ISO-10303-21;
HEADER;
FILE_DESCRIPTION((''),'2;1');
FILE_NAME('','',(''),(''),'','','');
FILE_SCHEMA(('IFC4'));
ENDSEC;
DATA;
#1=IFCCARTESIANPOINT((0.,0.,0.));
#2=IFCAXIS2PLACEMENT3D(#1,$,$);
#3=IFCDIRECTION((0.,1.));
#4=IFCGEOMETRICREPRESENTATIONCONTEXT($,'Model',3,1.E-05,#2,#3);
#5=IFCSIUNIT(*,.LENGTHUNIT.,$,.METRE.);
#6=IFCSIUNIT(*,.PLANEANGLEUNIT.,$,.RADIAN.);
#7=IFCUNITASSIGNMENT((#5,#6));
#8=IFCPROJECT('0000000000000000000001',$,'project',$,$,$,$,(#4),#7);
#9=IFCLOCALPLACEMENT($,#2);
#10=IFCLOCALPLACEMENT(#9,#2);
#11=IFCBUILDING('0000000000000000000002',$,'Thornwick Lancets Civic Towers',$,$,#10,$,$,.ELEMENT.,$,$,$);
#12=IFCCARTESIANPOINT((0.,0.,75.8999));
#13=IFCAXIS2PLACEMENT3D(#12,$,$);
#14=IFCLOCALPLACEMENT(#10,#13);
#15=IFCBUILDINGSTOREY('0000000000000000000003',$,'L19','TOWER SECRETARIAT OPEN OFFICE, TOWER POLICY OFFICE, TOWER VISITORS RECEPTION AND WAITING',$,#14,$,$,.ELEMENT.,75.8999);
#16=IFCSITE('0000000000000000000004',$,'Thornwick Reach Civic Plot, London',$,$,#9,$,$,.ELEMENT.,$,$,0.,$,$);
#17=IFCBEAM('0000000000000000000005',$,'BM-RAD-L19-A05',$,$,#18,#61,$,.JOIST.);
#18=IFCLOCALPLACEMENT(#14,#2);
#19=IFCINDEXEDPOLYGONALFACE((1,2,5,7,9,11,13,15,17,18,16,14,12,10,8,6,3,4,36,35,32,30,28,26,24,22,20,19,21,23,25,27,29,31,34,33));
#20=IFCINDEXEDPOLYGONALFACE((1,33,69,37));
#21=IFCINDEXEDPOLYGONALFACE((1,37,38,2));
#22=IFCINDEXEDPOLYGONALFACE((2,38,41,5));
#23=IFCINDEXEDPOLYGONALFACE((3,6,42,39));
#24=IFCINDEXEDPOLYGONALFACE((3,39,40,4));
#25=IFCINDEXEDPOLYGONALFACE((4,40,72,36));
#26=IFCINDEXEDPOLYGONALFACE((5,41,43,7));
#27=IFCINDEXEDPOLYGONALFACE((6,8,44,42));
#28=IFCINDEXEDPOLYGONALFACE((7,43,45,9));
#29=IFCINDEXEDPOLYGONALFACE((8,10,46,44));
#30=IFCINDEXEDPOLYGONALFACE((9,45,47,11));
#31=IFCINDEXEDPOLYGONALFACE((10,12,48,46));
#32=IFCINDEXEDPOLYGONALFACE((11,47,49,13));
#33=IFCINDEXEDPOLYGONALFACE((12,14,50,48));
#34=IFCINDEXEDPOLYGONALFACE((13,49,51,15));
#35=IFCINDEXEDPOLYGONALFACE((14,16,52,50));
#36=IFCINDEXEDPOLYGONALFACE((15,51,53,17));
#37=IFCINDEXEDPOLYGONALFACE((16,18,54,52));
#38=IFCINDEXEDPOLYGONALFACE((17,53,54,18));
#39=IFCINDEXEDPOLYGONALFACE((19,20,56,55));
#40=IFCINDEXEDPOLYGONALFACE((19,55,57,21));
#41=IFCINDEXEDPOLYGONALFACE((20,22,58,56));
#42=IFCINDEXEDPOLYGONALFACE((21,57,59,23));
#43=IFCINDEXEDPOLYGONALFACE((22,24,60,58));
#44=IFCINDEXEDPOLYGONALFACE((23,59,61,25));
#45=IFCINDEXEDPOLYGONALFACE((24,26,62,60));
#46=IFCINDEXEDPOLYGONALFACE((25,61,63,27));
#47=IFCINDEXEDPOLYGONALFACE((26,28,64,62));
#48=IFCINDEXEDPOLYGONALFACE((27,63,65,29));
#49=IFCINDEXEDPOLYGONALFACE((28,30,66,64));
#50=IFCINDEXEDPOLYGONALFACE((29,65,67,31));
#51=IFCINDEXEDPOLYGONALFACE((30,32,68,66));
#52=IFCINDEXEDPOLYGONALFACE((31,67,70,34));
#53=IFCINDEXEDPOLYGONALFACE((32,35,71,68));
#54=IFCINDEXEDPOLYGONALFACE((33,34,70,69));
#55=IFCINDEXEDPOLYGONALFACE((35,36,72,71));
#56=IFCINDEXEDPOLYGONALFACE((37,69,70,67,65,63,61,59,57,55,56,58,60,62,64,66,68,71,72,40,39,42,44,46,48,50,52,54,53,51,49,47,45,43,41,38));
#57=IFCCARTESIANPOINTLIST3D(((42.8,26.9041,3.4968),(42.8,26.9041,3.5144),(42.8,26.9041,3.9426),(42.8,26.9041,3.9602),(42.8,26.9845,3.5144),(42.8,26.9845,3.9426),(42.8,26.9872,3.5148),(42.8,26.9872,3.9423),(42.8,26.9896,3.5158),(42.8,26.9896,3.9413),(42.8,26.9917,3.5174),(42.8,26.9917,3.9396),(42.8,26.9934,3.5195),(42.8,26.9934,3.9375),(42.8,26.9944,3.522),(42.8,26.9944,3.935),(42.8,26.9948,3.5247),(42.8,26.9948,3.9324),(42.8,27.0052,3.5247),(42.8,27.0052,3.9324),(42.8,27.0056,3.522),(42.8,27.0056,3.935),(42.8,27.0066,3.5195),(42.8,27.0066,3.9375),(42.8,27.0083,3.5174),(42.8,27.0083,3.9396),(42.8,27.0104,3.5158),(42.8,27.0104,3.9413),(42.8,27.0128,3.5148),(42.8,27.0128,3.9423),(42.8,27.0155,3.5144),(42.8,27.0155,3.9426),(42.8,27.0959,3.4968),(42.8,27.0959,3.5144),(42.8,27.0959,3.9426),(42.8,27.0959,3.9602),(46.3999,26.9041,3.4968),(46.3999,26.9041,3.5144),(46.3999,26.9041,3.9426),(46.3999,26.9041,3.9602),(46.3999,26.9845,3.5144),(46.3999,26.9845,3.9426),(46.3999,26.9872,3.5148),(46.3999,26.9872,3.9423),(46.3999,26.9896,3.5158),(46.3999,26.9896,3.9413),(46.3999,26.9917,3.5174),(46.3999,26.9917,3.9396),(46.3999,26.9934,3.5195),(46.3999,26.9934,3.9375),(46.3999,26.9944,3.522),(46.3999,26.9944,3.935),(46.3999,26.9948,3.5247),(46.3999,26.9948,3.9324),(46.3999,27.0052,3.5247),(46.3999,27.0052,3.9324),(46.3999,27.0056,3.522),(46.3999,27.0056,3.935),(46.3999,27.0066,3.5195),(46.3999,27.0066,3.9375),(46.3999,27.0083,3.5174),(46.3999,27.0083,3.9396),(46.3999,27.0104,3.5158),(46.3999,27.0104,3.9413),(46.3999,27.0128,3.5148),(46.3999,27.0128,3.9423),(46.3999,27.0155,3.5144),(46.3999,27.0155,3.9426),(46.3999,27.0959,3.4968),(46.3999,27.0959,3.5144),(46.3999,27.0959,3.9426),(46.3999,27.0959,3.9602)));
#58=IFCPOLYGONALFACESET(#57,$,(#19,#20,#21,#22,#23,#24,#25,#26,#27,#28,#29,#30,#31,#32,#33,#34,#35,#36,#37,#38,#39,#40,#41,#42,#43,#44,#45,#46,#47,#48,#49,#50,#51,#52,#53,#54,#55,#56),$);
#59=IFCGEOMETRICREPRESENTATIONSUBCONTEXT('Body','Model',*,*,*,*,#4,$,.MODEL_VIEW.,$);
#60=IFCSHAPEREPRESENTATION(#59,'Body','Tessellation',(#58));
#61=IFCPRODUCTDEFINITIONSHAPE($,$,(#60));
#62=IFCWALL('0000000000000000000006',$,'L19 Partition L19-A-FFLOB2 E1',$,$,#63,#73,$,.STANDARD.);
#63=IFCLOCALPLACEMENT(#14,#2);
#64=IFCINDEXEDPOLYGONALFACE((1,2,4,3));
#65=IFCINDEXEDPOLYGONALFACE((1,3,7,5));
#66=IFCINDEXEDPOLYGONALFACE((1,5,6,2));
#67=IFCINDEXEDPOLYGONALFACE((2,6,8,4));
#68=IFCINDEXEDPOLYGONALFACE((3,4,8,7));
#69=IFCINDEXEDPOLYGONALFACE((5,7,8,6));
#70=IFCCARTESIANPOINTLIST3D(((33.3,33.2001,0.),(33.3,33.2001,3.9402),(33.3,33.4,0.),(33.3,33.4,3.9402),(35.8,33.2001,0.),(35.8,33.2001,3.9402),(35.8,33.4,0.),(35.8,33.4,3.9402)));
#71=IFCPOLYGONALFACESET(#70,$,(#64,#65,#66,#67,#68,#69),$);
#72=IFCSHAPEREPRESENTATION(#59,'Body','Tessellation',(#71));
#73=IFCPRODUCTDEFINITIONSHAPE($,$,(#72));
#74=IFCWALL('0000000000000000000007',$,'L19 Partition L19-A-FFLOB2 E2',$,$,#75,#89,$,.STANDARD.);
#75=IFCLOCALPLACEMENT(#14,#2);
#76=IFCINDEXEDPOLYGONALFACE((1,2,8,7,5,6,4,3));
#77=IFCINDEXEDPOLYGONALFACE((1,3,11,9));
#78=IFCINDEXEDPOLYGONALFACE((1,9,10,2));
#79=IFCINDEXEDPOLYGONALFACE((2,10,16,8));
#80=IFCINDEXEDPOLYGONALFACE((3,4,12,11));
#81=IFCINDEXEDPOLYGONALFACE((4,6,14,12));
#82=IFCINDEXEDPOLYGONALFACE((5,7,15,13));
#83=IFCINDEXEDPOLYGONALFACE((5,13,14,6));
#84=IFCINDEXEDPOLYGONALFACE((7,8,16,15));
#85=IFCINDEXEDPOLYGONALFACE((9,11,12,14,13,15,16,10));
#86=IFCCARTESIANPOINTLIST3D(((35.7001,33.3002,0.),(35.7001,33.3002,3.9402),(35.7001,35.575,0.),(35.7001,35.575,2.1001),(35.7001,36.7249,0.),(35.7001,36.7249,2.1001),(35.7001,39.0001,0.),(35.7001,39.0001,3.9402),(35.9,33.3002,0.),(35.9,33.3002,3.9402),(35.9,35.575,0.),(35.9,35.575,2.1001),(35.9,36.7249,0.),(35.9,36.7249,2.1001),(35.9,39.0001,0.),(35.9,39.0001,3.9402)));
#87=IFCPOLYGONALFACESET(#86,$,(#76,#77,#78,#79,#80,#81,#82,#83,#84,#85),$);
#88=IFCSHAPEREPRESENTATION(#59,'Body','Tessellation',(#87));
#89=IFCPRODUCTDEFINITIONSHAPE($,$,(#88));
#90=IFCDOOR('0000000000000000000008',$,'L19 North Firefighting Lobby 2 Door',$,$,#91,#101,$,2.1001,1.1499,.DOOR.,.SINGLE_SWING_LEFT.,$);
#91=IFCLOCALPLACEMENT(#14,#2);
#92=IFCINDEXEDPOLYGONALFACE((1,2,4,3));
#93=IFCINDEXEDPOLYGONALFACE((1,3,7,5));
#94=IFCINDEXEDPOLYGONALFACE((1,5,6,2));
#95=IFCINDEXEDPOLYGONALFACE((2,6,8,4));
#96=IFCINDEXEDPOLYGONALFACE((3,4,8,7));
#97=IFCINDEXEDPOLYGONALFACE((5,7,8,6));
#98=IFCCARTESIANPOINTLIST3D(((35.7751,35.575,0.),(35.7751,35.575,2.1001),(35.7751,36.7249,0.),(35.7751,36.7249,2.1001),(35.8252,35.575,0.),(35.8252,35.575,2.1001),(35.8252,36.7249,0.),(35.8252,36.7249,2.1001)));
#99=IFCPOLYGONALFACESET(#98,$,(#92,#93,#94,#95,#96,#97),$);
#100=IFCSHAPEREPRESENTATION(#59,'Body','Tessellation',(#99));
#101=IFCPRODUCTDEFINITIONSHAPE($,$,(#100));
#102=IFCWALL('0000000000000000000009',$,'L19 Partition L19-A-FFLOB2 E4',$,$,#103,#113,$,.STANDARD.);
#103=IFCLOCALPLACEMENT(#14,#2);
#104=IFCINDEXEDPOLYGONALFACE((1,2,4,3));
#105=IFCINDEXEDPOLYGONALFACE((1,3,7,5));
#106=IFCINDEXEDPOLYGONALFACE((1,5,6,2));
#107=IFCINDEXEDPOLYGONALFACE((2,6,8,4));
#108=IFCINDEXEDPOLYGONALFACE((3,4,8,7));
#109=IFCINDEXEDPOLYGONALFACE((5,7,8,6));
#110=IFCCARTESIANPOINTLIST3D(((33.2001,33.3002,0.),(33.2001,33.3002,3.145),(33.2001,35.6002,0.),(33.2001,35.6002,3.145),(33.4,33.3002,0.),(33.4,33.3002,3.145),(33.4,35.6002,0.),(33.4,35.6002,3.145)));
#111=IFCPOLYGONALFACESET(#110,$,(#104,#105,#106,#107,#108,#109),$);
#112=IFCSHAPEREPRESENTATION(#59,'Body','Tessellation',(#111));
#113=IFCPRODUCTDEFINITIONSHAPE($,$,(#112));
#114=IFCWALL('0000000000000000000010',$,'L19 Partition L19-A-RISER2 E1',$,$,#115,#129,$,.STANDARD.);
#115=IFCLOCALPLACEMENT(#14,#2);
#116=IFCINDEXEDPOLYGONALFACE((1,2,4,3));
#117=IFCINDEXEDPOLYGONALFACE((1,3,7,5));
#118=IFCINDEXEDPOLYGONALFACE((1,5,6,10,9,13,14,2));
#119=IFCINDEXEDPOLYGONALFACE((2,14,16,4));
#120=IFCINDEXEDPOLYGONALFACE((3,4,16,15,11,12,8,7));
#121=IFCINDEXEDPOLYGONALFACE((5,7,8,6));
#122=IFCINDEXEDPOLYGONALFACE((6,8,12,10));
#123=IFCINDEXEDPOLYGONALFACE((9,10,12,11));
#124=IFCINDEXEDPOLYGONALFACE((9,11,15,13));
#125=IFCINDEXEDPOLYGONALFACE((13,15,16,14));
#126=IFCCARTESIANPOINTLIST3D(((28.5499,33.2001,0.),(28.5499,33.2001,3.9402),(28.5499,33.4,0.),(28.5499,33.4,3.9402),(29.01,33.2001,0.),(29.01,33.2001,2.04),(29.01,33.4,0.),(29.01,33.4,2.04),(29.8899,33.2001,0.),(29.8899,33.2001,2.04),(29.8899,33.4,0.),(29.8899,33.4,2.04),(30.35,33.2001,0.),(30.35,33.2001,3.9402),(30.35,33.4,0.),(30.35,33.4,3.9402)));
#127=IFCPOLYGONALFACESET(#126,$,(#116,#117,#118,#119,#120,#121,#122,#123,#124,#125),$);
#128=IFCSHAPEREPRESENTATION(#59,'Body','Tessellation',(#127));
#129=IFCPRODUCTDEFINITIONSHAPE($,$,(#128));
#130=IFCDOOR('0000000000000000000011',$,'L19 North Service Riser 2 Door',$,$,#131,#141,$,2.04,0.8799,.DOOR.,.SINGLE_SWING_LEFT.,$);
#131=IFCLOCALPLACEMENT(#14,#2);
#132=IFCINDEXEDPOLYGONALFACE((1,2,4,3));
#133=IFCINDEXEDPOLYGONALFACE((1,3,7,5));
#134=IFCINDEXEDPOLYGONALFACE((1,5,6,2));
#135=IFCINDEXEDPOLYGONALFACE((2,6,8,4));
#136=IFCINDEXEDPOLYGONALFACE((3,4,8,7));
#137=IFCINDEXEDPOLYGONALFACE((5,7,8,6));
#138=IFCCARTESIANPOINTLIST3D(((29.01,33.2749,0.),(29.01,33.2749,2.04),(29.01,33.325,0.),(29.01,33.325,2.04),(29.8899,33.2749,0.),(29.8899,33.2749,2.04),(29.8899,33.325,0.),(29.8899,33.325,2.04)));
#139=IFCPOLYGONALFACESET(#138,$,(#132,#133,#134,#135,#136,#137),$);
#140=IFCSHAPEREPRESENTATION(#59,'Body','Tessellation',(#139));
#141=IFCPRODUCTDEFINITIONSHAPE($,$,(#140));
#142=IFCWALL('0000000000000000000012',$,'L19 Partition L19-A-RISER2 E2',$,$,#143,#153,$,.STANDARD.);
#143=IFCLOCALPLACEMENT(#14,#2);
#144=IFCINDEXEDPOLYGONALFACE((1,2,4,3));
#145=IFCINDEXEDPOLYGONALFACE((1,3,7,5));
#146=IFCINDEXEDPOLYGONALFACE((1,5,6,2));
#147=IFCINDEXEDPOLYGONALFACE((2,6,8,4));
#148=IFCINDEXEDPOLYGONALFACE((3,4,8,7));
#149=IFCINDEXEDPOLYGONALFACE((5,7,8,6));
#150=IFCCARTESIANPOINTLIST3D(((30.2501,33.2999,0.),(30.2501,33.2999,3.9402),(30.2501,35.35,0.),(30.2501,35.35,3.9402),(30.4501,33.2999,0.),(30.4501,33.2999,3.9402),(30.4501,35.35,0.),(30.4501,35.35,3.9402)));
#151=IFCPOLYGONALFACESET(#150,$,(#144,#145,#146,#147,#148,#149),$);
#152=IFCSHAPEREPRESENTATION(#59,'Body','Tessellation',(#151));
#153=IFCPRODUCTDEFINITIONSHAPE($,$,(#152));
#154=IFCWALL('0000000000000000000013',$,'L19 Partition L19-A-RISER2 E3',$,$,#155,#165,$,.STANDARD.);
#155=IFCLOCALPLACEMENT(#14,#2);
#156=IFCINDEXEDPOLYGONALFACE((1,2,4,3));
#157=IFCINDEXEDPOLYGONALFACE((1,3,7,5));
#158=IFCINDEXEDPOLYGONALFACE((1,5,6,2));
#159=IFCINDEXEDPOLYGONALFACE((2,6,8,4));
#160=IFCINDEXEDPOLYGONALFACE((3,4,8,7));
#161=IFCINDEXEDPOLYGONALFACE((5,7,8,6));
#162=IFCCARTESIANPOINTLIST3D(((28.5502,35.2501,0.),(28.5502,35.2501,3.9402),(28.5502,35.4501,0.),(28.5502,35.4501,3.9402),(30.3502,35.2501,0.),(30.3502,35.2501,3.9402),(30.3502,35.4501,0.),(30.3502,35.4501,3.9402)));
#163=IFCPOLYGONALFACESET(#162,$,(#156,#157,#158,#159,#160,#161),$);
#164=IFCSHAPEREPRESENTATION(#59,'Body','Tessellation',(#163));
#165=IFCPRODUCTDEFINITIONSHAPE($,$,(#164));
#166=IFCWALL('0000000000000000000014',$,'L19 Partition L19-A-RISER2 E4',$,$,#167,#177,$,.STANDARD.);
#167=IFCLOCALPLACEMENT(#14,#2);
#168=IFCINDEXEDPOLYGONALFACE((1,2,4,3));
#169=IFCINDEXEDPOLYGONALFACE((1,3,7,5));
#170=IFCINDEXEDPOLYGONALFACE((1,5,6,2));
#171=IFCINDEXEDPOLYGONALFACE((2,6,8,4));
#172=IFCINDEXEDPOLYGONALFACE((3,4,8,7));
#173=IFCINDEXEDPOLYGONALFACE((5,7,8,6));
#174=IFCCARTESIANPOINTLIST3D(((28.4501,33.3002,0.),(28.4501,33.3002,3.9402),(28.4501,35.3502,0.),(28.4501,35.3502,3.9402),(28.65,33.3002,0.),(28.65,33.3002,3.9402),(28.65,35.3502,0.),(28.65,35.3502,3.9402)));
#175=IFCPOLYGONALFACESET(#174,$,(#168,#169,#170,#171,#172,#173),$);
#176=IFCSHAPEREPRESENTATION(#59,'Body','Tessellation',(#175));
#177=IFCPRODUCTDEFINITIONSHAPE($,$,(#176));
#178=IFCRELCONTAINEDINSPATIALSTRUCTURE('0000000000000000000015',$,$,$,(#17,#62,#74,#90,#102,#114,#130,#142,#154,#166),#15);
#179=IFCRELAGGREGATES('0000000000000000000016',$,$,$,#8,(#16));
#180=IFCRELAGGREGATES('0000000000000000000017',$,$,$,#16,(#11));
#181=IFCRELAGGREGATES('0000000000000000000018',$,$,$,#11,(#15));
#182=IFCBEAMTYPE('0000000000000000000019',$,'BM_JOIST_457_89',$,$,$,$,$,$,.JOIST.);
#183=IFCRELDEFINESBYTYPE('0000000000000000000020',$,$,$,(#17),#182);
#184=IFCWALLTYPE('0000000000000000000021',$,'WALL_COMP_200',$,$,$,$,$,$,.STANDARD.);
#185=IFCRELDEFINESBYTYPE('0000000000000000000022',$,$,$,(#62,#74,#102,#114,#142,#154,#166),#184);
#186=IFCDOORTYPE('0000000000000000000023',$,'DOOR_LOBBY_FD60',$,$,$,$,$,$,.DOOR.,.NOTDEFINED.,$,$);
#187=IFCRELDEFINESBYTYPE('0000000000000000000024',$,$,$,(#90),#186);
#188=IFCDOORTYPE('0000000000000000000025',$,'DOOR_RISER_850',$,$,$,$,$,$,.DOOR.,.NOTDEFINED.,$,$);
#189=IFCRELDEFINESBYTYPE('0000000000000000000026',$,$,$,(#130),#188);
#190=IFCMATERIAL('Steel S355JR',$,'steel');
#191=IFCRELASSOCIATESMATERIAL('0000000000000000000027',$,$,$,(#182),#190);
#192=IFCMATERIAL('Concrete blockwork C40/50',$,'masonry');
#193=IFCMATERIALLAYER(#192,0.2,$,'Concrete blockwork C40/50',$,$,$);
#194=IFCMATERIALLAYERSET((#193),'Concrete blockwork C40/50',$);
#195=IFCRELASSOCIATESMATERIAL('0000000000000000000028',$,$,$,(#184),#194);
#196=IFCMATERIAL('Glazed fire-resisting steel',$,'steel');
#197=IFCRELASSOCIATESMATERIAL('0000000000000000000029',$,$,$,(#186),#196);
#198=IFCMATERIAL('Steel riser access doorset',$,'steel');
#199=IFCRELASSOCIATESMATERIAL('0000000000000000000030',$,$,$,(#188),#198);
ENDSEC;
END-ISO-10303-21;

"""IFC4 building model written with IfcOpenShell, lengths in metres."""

from ifc_helpers import new_model, si_unit, direction, frame, frame_2d, origin, origin_2d, place, context, subcontext, project, spatial, rectangle, i_section, extrude, material, layer, layer_set, material_profile, profile_set, type_object, element, fill, save


model = new_model("IFC4")

# Units and contexts
model_context = context("Model", 3, precision=1e-05, world=origin(), true_north=direction((0.0, 1.0)))
body_context = subcontext(model_context, "Body", "Model", "MODEL_VIEW")
ifc_project = project(units=[si_unit("LENGTHUNIT", "METRE"), si_unit("PLANEANGLEUNIT", "RADIAN")], contexts=[model_context])

# Site, building, storey
site_placement = place(None, origin())
site = spatial("IfcSite", under=ifc_project, at=site_placement, Name="Thornwick Reach Civic Plot, London", CompositionType="ELEMENT", RefElevation=0.0)
building_placement = place(site_placement, origin())
building = spatial("IfcBuilding", under=site, at=building_placement, Name="Thornwick Lancets Civic Towers", CompositionType="ELEMENT")
storey_placement = place(building_placement, frame((0.0, 0.0, 75.8999)))
storey = spatial("IfcBuildingStorey", under=building, at=storey_placement, Name="L19", Description="TOWER SECRETARIAT OPEN OFFICE, TOWER POLICY OFFICE, TOWER VISITORS RECEPTION AND WAITING", CompositionType="ELEMENT", Elevation=75.8999)

# Beam
ifc_material_1 = material(Name="Steel S355JR", Category="steel")
ifc_material_profile_1 = material_profile(ifc_material_1, i_section(OverallWidth=0.1919, OverallDepth=0.4634, WebThickness=0.0105, FlangeThickness=0.0176, FilletRadius=0.0103, at=origin_2d()), Name="UKB 457x191x89")
ifc_profile_set_1 = profile_set([ifc_material_profile_1], Name="Steel S355JR")
beam_type_1 = type_object("IfcBeamType", Name="BM_JOIST_457_89", PredefinedType="JOIST", material=ifc_profile_set_1)
beam_1_placement = place(storey_placement, frame((42.8, 27.0, 3.7285), z_axis=(1.0, 0.0, 0.0), x_axis=(0.0, 1.0, 0.0)))
element("IfcBeam", 1, at=beam_1_placement, inside=storey, type_object=beam_type_1, Name="BM-RAD-L19-A05", PredefinedType="JOIST", context=body_context, shape_type="SweptSolid", body=[
    extrude(i_section(OverallWidth=0.1919, OverallDepth=0.4634, WebThickness=0.0105, FlangeThickness=0.0176, FilletRadius=0.0103, at=origin_2d()), origin(), (0.0, 0.0, 1.0), 3.5999),
])

# Wall
ifc_material_2 = material(Name="Concrete blockwork C40/50", Category="masonry")
ifc_layer_1 = layer(ifc_material_2, 0.2, Name="Concrete blockwork C40/50")
ifc_layer_set_1 = layer_set([ifc_layer_1], Name="Concrete blockwork C40/50")
wall_type_1 = type_object("IfcWallType", Name="WALL_COMP_200", PredefinedType="STANDARD", material=ifc_layer_set_1)
wall_1_placement = place(storey_placement, frame((33.3, 33.3, 0.0), z_axis=(0.0, 0.0, 1.0), x_axis=(1.0, 0.0, 0.0)))
element("IfcWall", 2, at=wall_1_placement, inside=storey, type_object=wall_type_1, Name="L19 Partition L19-A-FFLOB2 E1", PredefinedType="STANDARD", context=body_context, shape_type="SweptSolid", body=[
    extrude(rectangle(XDim=2.5, YDim=0.2, at=frame_2d((1.25, 0.0))), origin(), (0.0, 0.0, 1.0), 3.9402),
])

# Wall, opening, door
wall_2_placement = place(storey_placement, frame((35.8, 33.3, 0.0), z_axis=(0.0, 0.0, 1.0), x_axis=(0.0, 1.0, 0.0)))
wall_2 = element("IfcWall", 3, at=wall_2_placement, inside=storey, type_object=wall_type_1, Name="L19 Partition L19-A-FFLOB2 E2", PredefinedType="STANDARD", context=body_context, shape_type="SweptSolid", body=[
    extrude(rectangle(XDim=5.7, YDim=0.2, at=frame_2d((2.8501, 0.0))), origin(), (0.0, 0.0, 1.0), 3.9402),
])
opening_1_placement = place(wall_2_placement, frame((2.2749, 0.0, 0.0)))
opening_1 = element("IfcOpeningElement", 4, at=opening_1_placement, cuts=wall_2, PredefinedType="OPENING", context=body_context, shape_type="SweptSolid", body=[
    extrude(rectangle(XDim=1.1499, YDim=2.1001, at=frame_2d((0.575, 1.05))), frame((0.0, 0.1099, 0.0), z_axis=(0.0, -1.0, 0.0), x_axis=(1.0, 0.0, 0.0)), (0.0, 0.0, 1.0), 0.22),
])
ifc_material_3 = material(Name="Glazed fire-resisting steel", Category="steel")
door_type_1 = type_object("IfcDoorType", Name="DOOR_LOBBY_FD60", OperationType="NOTDEFINED", PredefinedType="DOOR", material=ifc_material_3)
door_1_placement = place(opening_1_placement, origin())
door_1 = element("IfcDoor", 5, at=door_1_placement, inside=storey, type_object=door_type_1, Name="L19 North Firefighting Lobby 2 Door", OperationType="SINGLE_SWING_LEFT", OverallHeight=2.1001, OverallWidth=1.1499, PredefinedType="DOOR", context=body_context, shape_type="SweptSolid", body=[
    extrude(rectangle(XDim=1.1499, YDim=2.1001, at=frame_2d((0.575, 1.05))), frame((0.0, 0.0249, 0.0), z_axis=(0.0, -1.0, 0.0), x_axis=(1.0, 0.0, 0.0)), (0.0, 0.0, 1.0), 0.05),
])
fill(opening_1, door_1)

# Wall
wall_3_placement = place(storey_placement, frame((33.3, 35.6001, 0.0), z_axis=(0.0, 0.0, 1.0), x_axis=(0.0, -1.0, 0.0)))
element("IfcWall", 6, at=wall_3_placement, inside=storey, type_object=wall_type_1, Name="L19 Partition L19-A-FFLOB2 E4", PredefinedType="STANDARD", context=body_context, shape_type="SweptSolid", body=[
    extrude(rectangle(XDim=2.3, YDim=0.2, at=frame_2d((1.1499, 0.0))), origin(), (0.0, 0.0, 1.0), 3.145),
])

# Wall, opening, door
wall_4_placement = place(storey_placement, frame((28.55, 33.3, 0.0), z_axis=(0.0, 0.0, 1.0), x_axis=(1.0, 0.0, 0.0)))
wall_4 = element("IfcWall", 7, at=wall_4_placement, inside=storey, type_object=wall_type_1, Name="L19 Partition L19-A-RISER2 E1", PredefinedType="STANDARD", context=body_context, shape_type="SweptSolid", body=[
    extrude(rectangle(XDim=1.8, YDim=0.2, at=frame_2d((0.8999, 0.0))), origin(), (0.0, 0.0, 1.0), 3.9402),
])
opening_2_placement = place(wall_4_placement, frame((0.46, 0.0, 0.0)))
opening_2 = element("IfcOpeningElement", 8, at=opening_2_placement, cuts=wall_4, PredefinedType="OPENING", context=body_context, shape_type="SweptSolid", body=[
    extrude(rectangle(XDim=0.8799, YDim=2.04, at=frame_2d((0.4399, 1.02))), frame((0.0, 0.1099, 0.0), z_axis=(0.0, -1.0, 0.0), x_axis=(1.0, 0.0, 0.0)), (0.0, 0.0, 1.0), 0.22),
])
ifc_material_4 = material(Name="Steel riser access doorset", Category="steel")
door_type_2 = type_object("IfcDoorType", Name="DOOR_RISER_850", OperationType="NOTDEFINED", PredefinedType="DOOR", material=ifc_material_4)
door_2_placement = place(opening_2_placement, origin())
door_2 = element("IfcDoor", 9, at=door_2_placement, inside=storey, type_object=door_type_2, Name="L19 North Service Riser 2 Door", OperationType="SINGLE_SWING_LEFT", OverallHeight=2.04, OverallWidth=0.8799, PredefinedType="DOOR", context=body_context, shape_type="SweptSolid", body=[
    extrude(rectangle(XDim=0.8799, YDim=2.04, at=frame_2d((0.4399, 1.02))), frame((0.0, 0.0249, 0.0), z_axis=(0.0, -1.0, 0.0), x_axis=(1.0, 0.0, 0.0)), (0.0, 0.0, 1.0), 0.05),
])
fill(opening_2, door_2)

# Walls
wall_5_placement = place(storey_placement, frame((30.3501, 33.3, 0.0), z_axis=(0.0, 0.0, 1.0), x_axis=(0.0, 1.0, 0.0)))
element("IfcWall", 10, at=wall_5_placement, inside=storey, type_object=wall_type_1, Name="L19 Partition L19-A-RISER2 E2", PredefinedType="STANDARD", context=body_context, shape_type="SweptSolid", body=[
    extrude(rectangle(XDim=2.05, YDim=0.2, at=frame_2d((1.0249, 0.0))), origin(), (0.0, 0.0, 1.0), 3.9402),
])
wall_6_placement = place(storey_placement, frame((30.3501, 35.3501, 0.0), z_axis=(0.0, 0.0, 1.0), x_axis=(-1.0, 0.0, 0.0)))
element("IfcWall", 11, at=wall_6_placement, inside=storey, type_object=wall_type_1, Name="L19 Partition L19-A-RISER2 E3", PredefinedType="STANDARD", context=body_context, shape_type="SweptSolid", body=[
    extrude(rectangle(XDim=1.8, YDim=0.2, at=frame_2d((0.8999, 0.0))), origin(), (0.0, 0.0, 1.0), 3.9402),
])
wall_7_placement = place(storey_placement, frame((28.55, 35.3501, 0.0), z_axis=(0.0, 0.0, 1.0), x_axis=(0.0, -1.0, 0.0)))
element("IfcWall", 12, at=wall_7_placement, inside=storey, type_object=wall_type_1, Name="L19 Partition L19-A-RISER2 E4", PredefinedType="STANDARD", context=body_context, shape_type="SweptSolid", body=[
    extrude(rectangle(XDim=2.05, YDim=0.2, at=frame_2d((1.0249, 0.0))), origin(), (0.0, 0.0, 1.0), 3.9402),
])

save(model, "model.ifc")
